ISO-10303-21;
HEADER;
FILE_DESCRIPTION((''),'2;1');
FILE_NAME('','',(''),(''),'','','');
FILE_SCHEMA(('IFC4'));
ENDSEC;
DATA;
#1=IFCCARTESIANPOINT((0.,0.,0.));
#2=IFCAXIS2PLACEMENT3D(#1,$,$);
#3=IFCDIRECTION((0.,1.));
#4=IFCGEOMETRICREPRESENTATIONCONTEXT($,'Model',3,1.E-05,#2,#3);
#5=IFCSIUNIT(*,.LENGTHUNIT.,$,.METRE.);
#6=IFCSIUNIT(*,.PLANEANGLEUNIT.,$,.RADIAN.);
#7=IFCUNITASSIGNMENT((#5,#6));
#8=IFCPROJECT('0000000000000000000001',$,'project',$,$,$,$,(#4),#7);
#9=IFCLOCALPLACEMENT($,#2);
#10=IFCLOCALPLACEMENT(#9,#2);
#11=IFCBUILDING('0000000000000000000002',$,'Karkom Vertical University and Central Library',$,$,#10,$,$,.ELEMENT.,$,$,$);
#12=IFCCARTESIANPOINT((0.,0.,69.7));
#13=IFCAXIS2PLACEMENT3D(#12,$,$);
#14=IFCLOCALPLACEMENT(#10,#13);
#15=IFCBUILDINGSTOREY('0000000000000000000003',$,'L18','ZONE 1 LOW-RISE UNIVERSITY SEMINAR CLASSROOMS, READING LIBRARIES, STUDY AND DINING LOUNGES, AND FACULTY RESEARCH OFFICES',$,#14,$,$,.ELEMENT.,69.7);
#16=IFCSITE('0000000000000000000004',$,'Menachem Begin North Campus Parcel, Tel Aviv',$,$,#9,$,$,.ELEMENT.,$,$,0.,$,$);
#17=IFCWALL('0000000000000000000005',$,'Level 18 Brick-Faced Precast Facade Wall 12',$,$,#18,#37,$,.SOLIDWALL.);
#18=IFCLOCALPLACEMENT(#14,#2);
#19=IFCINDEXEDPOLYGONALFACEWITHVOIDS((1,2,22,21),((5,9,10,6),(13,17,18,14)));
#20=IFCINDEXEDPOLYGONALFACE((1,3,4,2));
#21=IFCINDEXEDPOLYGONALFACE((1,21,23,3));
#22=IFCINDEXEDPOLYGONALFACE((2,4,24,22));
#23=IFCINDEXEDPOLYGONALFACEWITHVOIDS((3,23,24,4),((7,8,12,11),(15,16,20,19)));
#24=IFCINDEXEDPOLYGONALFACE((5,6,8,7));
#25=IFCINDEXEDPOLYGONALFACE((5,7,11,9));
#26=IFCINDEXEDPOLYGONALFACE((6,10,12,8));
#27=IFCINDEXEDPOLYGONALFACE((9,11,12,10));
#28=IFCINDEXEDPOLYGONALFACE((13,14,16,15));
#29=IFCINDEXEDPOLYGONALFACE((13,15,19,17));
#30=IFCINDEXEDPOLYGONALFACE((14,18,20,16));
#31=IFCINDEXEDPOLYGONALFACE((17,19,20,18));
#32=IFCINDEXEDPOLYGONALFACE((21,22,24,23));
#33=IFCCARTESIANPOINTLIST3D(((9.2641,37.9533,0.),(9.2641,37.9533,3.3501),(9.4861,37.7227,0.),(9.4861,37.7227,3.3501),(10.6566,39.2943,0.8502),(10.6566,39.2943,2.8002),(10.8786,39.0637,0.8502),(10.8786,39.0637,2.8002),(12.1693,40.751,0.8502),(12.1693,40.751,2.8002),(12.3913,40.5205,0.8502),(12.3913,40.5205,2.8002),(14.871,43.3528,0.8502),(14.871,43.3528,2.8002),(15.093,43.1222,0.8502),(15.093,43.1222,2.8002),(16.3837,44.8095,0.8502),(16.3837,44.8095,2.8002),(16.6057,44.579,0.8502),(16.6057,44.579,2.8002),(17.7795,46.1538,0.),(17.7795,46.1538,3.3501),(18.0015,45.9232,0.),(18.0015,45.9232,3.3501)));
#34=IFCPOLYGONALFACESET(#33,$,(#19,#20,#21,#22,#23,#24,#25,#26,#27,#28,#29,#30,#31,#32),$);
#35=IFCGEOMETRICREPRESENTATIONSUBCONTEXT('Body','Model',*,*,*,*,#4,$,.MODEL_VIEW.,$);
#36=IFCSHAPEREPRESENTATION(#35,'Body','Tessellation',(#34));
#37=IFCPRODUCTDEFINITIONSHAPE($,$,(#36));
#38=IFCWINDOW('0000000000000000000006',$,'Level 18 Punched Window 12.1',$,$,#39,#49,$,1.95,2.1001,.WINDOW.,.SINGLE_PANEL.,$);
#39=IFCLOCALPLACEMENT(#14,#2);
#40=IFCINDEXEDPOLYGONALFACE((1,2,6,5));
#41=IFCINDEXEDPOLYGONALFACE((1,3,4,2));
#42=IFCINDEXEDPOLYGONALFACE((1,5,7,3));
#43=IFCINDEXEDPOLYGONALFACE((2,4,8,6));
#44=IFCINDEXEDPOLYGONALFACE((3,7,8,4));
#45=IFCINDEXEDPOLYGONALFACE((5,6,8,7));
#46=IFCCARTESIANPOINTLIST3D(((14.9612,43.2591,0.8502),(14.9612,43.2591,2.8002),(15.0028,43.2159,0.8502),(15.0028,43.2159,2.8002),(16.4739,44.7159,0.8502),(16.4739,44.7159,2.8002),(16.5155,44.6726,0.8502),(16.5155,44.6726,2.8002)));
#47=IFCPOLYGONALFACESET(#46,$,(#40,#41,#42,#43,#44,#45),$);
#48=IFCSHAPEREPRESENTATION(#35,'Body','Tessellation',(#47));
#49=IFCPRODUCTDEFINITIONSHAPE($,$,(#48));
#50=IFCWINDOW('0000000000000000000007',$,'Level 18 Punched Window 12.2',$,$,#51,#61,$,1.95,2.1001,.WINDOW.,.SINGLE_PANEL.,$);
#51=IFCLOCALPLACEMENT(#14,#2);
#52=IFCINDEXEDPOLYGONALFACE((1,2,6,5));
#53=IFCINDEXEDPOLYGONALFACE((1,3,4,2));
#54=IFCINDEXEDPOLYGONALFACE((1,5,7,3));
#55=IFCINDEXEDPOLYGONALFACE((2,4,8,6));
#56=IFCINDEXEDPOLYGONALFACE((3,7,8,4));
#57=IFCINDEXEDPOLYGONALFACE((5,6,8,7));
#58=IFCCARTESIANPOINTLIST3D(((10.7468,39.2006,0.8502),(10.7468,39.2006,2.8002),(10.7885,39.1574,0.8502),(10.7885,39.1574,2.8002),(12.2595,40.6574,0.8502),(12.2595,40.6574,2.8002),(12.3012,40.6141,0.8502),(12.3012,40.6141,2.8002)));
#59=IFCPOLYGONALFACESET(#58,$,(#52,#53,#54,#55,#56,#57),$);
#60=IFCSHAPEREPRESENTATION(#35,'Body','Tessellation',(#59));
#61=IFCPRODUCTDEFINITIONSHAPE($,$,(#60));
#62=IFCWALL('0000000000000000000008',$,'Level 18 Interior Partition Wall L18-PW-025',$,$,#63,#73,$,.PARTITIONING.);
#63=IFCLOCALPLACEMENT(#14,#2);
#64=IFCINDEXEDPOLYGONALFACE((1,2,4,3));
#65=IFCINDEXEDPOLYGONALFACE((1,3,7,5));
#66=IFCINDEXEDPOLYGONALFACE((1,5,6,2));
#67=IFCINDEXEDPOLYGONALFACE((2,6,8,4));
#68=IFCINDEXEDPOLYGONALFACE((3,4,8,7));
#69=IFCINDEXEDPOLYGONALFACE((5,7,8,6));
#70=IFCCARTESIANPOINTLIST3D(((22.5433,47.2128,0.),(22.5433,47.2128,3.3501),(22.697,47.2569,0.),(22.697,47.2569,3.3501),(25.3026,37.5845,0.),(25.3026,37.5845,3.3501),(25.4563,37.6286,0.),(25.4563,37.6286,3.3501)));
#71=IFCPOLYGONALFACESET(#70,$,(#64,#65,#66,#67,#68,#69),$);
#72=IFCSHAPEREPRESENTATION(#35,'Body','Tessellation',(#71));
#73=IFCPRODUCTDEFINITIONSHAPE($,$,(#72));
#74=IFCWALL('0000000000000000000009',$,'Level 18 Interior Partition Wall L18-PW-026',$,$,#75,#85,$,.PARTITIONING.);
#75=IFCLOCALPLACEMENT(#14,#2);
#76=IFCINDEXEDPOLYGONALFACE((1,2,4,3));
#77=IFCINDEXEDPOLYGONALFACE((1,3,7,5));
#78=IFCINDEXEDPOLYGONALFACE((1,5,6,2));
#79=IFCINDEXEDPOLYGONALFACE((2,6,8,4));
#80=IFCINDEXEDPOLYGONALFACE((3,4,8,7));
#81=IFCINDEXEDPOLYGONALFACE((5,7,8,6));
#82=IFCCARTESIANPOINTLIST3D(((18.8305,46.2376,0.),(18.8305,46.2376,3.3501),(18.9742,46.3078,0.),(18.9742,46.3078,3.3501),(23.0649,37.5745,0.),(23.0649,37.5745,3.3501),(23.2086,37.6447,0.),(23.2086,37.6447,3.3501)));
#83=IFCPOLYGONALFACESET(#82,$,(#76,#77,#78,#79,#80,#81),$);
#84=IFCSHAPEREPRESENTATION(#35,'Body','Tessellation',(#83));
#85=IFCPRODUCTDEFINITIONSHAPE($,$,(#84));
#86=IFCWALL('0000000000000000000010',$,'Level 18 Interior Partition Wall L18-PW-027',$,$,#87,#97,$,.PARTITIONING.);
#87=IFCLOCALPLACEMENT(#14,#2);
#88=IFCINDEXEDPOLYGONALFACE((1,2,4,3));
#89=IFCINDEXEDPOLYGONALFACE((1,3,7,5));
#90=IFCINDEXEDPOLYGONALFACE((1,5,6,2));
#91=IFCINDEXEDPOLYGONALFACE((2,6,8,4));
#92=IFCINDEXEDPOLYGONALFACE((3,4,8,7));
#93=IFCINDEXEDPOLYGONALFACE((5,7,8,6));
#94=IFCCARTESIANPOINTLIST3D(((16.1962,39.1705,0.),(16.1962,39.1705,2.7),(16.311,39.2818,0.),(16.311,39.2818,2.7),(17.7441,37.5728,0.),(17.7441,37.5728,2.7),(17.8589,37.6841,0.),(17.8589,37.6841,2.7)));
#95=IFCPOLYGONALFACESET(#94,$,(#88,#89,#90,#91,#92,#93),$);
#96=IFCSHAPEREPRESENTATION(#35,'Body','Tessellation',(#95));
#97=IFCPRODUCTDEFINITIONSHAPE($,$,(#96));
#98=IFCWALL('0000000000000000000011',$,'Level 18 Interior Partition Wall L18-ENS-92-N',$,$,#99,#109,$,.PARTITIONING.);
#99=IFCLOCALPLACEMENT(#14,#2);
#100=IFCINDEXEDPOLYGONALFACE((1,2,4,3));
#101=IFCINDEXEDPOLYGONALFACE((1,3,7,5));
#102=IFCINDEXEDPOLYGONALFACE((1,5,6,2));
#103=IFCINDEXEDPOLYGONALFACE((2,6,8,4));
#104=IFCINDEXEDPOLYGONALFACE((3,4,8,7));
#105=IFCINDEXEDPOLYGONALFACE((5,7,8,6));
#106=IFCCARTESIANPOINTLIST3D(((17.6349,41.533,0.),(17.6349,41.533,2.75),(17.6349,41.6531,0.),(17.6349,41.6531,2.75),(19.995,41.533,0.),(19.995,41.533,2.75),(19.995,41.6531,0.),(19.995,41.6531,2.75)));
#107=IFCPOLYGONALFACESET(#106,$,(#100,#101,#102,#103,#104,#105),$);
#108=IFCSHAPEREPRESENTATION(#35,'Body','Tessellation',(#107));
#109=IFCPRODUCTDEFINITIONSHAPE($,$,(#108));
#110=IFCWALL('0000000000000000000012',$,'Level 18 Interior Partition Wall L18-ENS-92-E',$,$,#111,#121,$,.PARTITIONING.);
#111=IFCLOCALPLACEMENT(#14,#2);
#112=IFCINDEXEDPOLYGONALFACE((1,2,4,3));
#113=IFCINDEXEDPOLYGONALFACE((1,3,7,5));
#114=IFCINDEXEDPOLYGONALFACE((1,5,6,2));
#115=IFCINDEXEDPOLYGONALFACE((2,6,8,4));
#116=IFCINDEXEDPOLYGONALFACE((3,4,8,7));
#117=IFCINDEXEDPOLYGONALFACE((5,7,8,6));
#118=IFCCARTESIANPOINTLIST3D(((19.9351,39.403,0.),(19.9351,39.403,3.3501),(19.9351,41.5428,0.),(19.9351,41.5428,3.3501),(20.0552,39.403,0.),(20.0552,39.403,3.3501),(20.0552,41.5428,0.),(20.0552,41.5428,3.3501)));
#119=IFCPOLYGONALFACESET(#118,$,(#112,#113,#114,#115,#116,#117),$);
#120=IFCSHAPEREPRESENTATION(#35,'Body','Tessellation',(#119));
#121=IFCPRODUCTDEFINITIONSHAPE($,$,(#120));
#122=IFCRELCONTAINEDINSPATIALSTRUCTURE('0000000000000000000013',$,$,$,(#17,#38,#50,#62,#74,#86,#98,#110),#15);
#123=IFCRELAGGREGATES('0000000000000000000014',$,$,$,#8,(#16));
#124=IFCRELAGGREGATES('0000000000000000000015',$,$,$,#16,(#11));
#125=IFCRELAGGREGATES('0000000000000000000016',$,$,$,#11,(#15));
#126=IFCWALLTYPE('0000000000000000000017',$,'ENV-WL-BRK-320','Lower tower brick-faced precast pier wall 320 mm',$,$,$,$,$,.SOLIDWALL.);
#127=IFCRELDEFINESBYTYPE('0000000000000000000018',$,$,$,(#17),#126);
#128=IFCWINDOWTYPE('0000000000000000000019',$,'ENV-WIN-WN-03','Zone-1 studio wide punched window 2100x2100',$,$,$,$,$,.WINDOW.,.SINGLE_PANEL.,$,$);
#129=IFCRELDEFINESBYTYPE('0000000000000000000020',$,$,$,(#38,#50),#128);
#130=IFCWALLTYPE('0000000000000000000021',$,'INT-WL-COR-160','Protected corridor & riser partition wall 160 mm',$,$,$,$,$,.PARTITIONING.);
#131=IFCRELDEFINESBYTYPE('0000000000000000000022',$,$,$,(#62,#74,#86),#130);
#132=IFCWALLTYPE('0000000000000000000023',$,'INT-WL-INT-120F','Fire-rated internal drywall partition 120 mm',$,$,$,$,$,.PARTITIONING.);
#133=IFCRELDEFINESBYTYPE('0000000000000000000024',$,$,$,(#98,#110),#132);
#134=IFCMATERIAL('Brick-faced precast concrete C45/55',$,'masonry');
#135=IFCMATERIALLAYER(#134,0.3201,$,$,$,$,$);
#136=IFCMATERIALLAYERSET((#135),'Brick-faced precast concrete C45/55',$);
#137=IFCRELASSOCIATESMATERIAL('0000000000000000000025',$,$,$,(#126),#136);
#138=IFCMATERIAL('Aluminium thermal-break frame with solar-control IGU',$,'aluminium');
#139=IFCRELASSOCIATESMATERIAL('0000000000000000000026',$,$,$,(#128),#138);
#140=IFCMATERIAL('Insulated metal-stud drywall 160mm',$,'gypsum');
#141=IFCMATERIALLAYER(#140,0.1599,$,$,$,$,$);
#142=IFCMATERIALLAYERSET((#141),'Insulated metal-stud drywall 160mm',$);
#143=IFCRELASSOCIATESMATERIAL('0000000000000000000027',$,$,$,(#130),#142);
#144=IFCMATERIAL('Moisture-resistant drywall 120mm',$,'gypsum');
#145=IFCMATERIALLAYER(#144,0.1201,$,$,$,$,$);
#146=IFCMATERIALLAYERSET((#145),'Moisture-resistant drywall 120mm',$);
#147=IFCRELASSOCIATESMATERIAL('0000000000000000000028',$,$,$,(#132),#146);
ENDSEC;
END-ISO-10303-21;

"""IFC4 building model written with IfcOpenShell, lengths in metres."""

from ifc_helpers import new_model, si_unit, direction, frame, frame_2d, origin, origin_with_axes, place, context, subcontext, project, spatial, rectangle, extrude, source, transform, mapped, material, layer, layer_set, type_object, element, fill, save


model = new_model("IFC4")

# Units and contexts
model_context = context("Model", 3, precision=1e-05, world=origin(), true_north=direction((0.0, 1.0)))
body_context = subcontext(model_context, "Body", "Model", "MODEL_VIEW")
ifc_project = project(units=[si_unit("LENGTHUNIT", "METRE"), si_unit("PLANEANGLEUNIT", "RADIAN")], contexts=[model_context])

# Site, building, storey
site_placement = place(None, origin())
site = spatial("IfcSite", under=ifc_project, at=site_placement, Name="Menachem Begin North Campus Parcel, Tel Aviv", CompositionType="ELEMENT", RefElevation=0.0)
building_placement = place(site_placement, origin())
building = spatial("IfcBuilding", under=site, at=building_placement, Name="Karkom Vertical University and Central Library", CompositionType="ELEMENT")
storey_placement = place(building_placement, frame((0.0, 0.0, 69.7)))
storey = spatial("IfcBuildingStorey", under=building, at=storey_placement, Name="L18", Description="ZONE 1 LOW-RISE UNIVERSITY SEMINAR CLASSROOMS, READING LIBRARIES, STUDY AND DINING LOUNGES, AND FACULTY RESEARCH OFFICES", CompositionType="ELEMENT", Elevation=69.7)

# Wall, openings, windows
ifc_material_1 = material(Name="Brick-faced precast concrete C45/55", Category="masonry")
ifc_layer_1 = layer(ifc_material_1, 0.3201)
ifc_layer_set_1 = layer_set([ifc_layer_1], Name="Brick-faced precast concrete C45/55")
wall_type_1 = type_object("IfcWallType", Name="ENV-WL-BRK-320", Description="Lower tower brick-faced precast pier wall 320 mm", PredefinedType="SOLIDWALL", material=ifc_layer_set_1)
wall_1_placement = place(storey_placement, frame((17.8906, 46.0386, 0.0), z_axis=(0.0, 0.0, 1.0), x_axis=(-0.720301, -0.693661, 0.0)))
wall_1 = element("IfcWall", 1, at=wall_1_placement, inside=storey, type_object=wall_type_1, Name="Level 18 Brick-Faced Precast Facade Wall 12", PredefinedType="SOLIDWALL", context=body_context, shape_type="SweptSolid", body=[
    extrude(rectangle(XDim=11.822, YDim=0.3201, at=frame_2d((5.9111, 0.0))), origin(), (0.0, 0.0, 1.0), 3.3501),
])
opening_1_placement = place(wall_1_placement, frame((1.938, 0.0, 0.8501)))
opening_1 = element("IfcOpeningElement", 2, at=opening_1_placement, cuts=wall_1, PredefinedType="OPENING", context=body_context, shape_type="SweptSolid", body=[
    extrude(rectangle(XDim=2.1001, YDim=1.95, at=frame_2d((1.05, 0.9751))), frame((0.0, 0.1699, 0.0), z_axis=(0.0, -1.0, 0.0), x_axis=(1.0, 0.0, 0.0)), (0.0, 0.0, 1.0), 0.3401),
])
opening_2_placement = place(wall_1_placement, frame((7.7888, 0.0, 0.8501)))
opening_2 = element("IfcOpeningElement", 3, at=opening_2_placement, cuts=wall_1, PredefinedType="OPENING", context=body_context, shape_type="SweptSolid", body=[
    extrude(rectangle(XDim=2.1001, YDim=1.95, at=frame_2d((1.05, 0.9751))), frame((0.0, 0.1699, 0.0), z_axis=(0.0, -1.0, 0.0), x_axis=(1.0, 0.0, 0.0)), (0.0, 0.0, 1.0), 0.3401),
])
ifc_material_2 = material(Name="Aluminium thermal-break frame with solar-control IGU", Category="aluminium")
window_type = type_object("IfcWindowType", Name="ENV-WIN-WN-03", Description="Zone-1 studio wide punched window 2100x2100", PartitioningType="SINGLE_PANEL", PredefinedType="WINDOW", material=ifc_material_2)
shared_shape_1 = source(origin_with_axes(), body_context, "Body", "SweptSolid", [
    extrude(rectangle(XDim=2.1001, YDim=1.95, at=frame_2d((1.05, 0.9751))), frame((0.0, 0.03, 0.0), z_axis=(0.0, -1.0, 0.0), x_axis=(1.0, 0.0, 0.0)), (0.0, 0.0, 1.0), 0.0601),
])
window_1_placement = place(opening_1_placement, origin())
window_1 = element("IfcWindow", 4, at=window_1_placement, inside=storey, type_object=window_type, Name="Level 18 Punched Window 12.1", OverallHeight=1.95, OverallWidth=2.1001, PartitioningType="SINGLE_PANEL", PredefinedType="WINDOW", context=body_context, shape_type="MappedRepresentation", body=[
    mapped(shared_shape_1, transform((0.0, 0.0, 0.0), scale=1.0)),
])
fill(opening_1, window_1)
window_2_placement = place(opening_2_placement, origin())
window_2 = element("IfcWindow", 5, at=window_2_placement, inside=storey, type_object=window_type, Name="Level 18 Punched Window 12.2", OverallHeight=1.95, OverallWidth=2.1001, PartitioningType="SINGLE_PANEL", PredefinedType="WINDOW", context=body_context, shape_type="MappedRepresentation", body=[
    mapped(shared_shape_1, transform((0.0, 0.0, 0.0), scale=1.0)),
])
fill(opening_2, window_2)

# Walls
ifc_material_3 = material(Name="Insulated metal-stud drywall 160mm", Category="gypsum")
ifc_layer_2 = layer(ifc_material_3, 0.1599)
ifc_layer_set_2 = layer_set([ifc_layer_2], Name="Insulated metal-stud drywall 160mm")
wall_type_2 = type_object("IfcWallType", Name="INT-WL-COR-160", Description="Protected corridor & riser partition wall 160 mm", PredefinedType="PARTITIONING", material=ifc_layer_set_2)
wall_2_placement = place(storey_placement, frame((25.3794, 37.6067, 0.0), z_axis=(0.0, 0.0, 1.0), x_axis=(-0.275487, 0.961305, 0.0)))
element("IfcWall", 6, at=wall_2_placement, inside=storey, type_object=wall_type_2, Name="Level 18 Interior Partition Wall L18-PW-025", PredefinedType="PARTITIONING", context=body_context, shape_type="SweptSolid", body=[
    extrude(rectangle(XDim=10.0159, YDim=0.1599, at=frame_2d((5.0078, 0.0))), origin(), (0.0, 0.0, 1.0), 3.3501),
])
wall_3_placement = place(storey_placement, frame((23.1367, 37.6096, 0.0), z_axis=(0.0, 0.0, 1.0), x_axis=(-0.439134, 0.898422, 0.0)))
element("IfcWall", 7, at=wall_3_placement, inside=storey, type_object=wall_type_2, Name="Level 18 Interior Partition Wall L18-PW-026", PredefinedType="PARTITIONING", context=body_context, shape_type="SweptSolid", body=[
    extrude(rectangle(XDim=9.6426, YDim=0.1599, at=frame_2d((4.8213, 0.0))), origin(), (0.0, 0.0, 1.0), 3.3501),
])
wall_4_placement = place(storey_placement, frame((17.8015, 37.6284, 0.0), z_axis=(0.0, 0.0, 1.0), x_axis=(-0.695824, 0.718213, 0.0)))
element("IfcWall", 8, at=wall_4_placement, inside=storey, type_object=wall_type_2, Name="Level 18 Interior Partition Wall L18-PW-027", PredefinedType="PARTITIONING", context=body_context, shape_type="SweptSolid", body=[
    extrude(rectangle(XDim=2.2246, YDim=0.1599, at=frame_2d((1.1123, 0.0))), origin(), (0.0, 0.0, 1.0), 2.7),
])
ifc_material_4 = material(Name="Moisture-resistant drywall 120mm", Category="gypsum")
ifc_layer_3 = layer(ifc_material_4, 0.1201)
ifc_layer_set_3 = layer_set([ifc_layer_3], Name="Moisture-resistant drywall 120mm")
wall_type_3 = type_object("IfcWallType", Name="INT-WL-INT-120F", Description="Fire-rated internal drywall partition 120 mm", PredefinedType="PARTITIONING", material=ifc_layer_set_3)
wall_5_placement = place(storey_placement, frame((19.9951, 41.593, 0.0), z_axis=(0.0, 0.0, 1.0), x_axis=(-1.0, 0.0, 0.0)))
element("IfcWall", 9, at=wall_5_placement, inside=storey, type_object=wall_type_3, Name="Level 18 Interior Partition Wall L18-ENS-92-N", PredefinedType="PARTITIONING", context=body_context, shape_type="SweptSolid", body=[
    extrude(rectangle(XDim=2.3601, YDim=0.1201, at=frame_2d((1.1802, 0.0))), origin(), (0.0, 0.0, 1.0), 2.75),
])
wall_6_placement = place(storey_placement, frame((19.9951, 39.4031, 0.0), z_axis=(0.0, 0.0, 1.0), x_axis=(0.0, 1.0, 0.0)))
element("IfcWall", 10, at=wall_6_placement, inside=storey, type_object=wall_type_3, Name="Level 18 Interior Partition Wall L18-ENS-92-E", PredefinedType="PARTITIONING", context=body_context, shape_type="SweptSolid", body=[
    extrude(rectangle(XDim=2.1399, YDim=0.1201, at=frame_2d((1.0698, 0.0))), origin(), (0.0, 0.0, 1.0), 3.3501),
])

save(model, "model.ifc")
